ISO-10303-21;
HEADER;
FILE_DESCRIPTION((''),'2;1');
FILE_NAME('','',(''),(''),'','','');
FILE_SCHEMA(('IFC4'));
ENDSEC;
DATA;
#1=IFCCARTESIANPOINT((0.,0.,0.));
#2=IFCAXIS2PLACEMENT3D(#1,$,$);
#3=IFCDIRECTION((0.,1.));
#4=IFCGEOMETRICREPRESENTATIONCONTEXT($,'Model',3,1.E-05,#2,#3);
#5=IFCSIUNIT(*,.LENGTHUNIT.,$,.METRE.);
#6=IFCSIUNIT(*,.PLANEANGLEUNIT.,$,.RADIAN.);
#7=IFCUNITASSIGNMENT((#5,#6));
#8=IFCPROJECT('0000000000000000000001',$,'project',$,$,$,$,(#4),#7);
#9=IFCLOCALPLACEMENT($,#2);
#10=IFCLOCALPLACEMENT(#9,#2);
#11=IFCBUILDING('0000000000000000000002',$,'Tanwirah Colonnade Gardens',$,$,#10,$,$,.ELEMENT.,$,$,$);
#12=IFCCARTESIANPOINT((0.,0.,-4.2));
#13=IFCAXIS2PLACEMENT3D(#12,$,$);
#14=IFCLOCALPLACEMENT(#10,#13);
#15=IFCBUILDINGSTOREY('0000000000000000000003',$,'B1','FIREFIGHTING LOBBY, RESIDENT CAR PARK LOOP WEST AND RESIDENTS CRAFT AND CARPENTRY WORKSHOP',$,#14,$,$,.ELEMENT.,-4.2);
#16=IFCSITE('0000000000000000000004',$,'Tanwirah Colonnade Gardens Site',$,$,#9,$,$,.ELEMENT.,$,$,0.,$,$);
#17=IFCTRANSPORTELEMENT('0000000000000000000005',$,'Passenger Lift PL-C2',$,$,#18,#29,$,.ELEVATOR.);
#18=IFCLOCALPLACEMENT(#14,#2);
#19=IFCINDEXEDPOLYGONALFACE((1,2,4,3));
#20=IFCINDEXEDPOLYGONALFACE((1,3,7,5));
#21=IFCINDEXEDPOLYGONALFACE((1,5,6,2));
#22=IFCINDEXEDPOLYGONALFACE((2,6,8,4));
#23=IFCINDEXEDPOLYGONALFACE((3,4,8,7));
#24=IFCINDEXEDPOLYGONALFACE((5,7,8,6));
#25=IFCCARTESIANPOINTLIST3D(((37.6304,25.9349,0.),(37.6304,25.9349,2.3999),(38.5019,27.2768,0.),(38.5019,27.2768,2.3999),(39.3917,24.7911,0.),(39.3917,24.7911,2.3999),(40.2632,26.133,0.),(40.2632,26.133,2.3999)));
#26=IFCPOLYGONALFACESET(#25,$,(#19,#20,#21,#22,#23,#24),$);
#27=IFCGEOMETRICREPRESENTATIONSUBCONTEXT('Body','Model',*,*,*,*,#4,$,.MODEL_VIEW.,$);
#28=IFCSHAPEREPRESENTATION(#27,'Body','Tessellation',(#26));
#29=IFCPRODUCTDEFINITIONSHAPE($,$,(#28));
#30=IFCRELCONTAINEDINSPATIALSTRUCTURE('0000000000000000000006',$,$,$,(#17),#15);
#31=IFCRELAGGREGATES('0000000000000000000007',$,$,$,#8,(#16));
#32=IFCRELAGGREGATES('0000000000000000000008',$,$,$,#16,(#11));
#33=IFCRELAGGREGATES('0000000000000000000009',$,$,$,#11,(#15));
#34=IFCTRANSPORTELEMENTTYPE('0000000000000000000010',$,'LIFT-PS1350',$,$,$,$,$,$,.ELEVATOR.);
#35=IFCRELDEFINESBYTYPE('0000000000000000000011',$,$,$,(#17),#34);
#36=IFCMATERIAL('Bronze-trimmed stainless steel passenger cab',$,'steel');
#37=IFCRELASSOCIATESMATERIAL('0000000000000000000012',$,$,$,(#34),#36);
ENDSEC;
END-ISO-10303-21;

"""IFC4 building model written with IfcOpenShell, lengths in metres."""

from ifc_helpers import new_model, si_unit, direction, frame, origin, origin_2d, place, context, subcontext, project, spatial, rectangle, extrude, material, type_object, element, save


model = new_model("IFC4")

# Units and contexts
model_context = context("Model", 3, precision=1e-05, world=origin(), true_north=direction((0.0, 1.0)))
body_context = subcontext(model_context, "Body", "Model", "MODEL_VIEW")
ifc_project = project(units=[si_unit("LENGTHUNIT", "METRE"), si_unit("PLANEANGLEUNIT", "RADIAN")], contexts=[model_context])

# Site, building, storey
site_placement = place(None, origin())
site = spatial("IfcSite", under=ifc_project, at=site_placement, Name="Tanwirah Colonnade Gardens Site", CompositionType="ELEMENT", RefElevation=0.0)
building_placement = place(site_placement, origin())
building = spatial("IfcBuilding", under=site, at=building_placement, Name="Tanwirah Colonnade Gardens", CompositionType="ELEMENT")
storey_placement = place(building_placement, frame((0.0, 0.0, -4.2)))
storey = spatial("IfcBuildingStorey", under=building, at=storey_placement, Name="B1", Description="FIREFIGHTING LOBBY, RESIDENT CAR PARK LOOP WEST AND RESIDENTS CRAFT AND CARPENTRY WORKSHOP", CompositionType="ELEMENT", Elevation=-4.2)

# Transport element
ifc_material_1 = material(Name="Bronze-trimmed stainless steel passenger cab", Category="steel")
transport_element_type = type_object("IfcTransportElementType", Name="LIFT-PS1350", PredefinedType="ELEVATOR", material=ifc_material_1)
transport_element_placement = place(storey_placement, frame((38.9468, 26.0339, 0.0), z_axis=(0.0, 0.0, 1.0), x_axis=(0.544639, 0.838671, 0.0)))
element("IfcTransportElement", 1, at=transport_element_placement, inside=storey, type_object=transport_element_type, Name="Passenger Lift PL-C2", PredefinedType="ELEVATOR", context=body_context, shape_type="SweptSolid", body=[
    extrude(rectangle(XDim=1.6001, YDim=2.1001, at=origin_2d()), origin(), (0.0, 0.0, 1.0), 2.3999),
])

save(model, "model.ifc")
